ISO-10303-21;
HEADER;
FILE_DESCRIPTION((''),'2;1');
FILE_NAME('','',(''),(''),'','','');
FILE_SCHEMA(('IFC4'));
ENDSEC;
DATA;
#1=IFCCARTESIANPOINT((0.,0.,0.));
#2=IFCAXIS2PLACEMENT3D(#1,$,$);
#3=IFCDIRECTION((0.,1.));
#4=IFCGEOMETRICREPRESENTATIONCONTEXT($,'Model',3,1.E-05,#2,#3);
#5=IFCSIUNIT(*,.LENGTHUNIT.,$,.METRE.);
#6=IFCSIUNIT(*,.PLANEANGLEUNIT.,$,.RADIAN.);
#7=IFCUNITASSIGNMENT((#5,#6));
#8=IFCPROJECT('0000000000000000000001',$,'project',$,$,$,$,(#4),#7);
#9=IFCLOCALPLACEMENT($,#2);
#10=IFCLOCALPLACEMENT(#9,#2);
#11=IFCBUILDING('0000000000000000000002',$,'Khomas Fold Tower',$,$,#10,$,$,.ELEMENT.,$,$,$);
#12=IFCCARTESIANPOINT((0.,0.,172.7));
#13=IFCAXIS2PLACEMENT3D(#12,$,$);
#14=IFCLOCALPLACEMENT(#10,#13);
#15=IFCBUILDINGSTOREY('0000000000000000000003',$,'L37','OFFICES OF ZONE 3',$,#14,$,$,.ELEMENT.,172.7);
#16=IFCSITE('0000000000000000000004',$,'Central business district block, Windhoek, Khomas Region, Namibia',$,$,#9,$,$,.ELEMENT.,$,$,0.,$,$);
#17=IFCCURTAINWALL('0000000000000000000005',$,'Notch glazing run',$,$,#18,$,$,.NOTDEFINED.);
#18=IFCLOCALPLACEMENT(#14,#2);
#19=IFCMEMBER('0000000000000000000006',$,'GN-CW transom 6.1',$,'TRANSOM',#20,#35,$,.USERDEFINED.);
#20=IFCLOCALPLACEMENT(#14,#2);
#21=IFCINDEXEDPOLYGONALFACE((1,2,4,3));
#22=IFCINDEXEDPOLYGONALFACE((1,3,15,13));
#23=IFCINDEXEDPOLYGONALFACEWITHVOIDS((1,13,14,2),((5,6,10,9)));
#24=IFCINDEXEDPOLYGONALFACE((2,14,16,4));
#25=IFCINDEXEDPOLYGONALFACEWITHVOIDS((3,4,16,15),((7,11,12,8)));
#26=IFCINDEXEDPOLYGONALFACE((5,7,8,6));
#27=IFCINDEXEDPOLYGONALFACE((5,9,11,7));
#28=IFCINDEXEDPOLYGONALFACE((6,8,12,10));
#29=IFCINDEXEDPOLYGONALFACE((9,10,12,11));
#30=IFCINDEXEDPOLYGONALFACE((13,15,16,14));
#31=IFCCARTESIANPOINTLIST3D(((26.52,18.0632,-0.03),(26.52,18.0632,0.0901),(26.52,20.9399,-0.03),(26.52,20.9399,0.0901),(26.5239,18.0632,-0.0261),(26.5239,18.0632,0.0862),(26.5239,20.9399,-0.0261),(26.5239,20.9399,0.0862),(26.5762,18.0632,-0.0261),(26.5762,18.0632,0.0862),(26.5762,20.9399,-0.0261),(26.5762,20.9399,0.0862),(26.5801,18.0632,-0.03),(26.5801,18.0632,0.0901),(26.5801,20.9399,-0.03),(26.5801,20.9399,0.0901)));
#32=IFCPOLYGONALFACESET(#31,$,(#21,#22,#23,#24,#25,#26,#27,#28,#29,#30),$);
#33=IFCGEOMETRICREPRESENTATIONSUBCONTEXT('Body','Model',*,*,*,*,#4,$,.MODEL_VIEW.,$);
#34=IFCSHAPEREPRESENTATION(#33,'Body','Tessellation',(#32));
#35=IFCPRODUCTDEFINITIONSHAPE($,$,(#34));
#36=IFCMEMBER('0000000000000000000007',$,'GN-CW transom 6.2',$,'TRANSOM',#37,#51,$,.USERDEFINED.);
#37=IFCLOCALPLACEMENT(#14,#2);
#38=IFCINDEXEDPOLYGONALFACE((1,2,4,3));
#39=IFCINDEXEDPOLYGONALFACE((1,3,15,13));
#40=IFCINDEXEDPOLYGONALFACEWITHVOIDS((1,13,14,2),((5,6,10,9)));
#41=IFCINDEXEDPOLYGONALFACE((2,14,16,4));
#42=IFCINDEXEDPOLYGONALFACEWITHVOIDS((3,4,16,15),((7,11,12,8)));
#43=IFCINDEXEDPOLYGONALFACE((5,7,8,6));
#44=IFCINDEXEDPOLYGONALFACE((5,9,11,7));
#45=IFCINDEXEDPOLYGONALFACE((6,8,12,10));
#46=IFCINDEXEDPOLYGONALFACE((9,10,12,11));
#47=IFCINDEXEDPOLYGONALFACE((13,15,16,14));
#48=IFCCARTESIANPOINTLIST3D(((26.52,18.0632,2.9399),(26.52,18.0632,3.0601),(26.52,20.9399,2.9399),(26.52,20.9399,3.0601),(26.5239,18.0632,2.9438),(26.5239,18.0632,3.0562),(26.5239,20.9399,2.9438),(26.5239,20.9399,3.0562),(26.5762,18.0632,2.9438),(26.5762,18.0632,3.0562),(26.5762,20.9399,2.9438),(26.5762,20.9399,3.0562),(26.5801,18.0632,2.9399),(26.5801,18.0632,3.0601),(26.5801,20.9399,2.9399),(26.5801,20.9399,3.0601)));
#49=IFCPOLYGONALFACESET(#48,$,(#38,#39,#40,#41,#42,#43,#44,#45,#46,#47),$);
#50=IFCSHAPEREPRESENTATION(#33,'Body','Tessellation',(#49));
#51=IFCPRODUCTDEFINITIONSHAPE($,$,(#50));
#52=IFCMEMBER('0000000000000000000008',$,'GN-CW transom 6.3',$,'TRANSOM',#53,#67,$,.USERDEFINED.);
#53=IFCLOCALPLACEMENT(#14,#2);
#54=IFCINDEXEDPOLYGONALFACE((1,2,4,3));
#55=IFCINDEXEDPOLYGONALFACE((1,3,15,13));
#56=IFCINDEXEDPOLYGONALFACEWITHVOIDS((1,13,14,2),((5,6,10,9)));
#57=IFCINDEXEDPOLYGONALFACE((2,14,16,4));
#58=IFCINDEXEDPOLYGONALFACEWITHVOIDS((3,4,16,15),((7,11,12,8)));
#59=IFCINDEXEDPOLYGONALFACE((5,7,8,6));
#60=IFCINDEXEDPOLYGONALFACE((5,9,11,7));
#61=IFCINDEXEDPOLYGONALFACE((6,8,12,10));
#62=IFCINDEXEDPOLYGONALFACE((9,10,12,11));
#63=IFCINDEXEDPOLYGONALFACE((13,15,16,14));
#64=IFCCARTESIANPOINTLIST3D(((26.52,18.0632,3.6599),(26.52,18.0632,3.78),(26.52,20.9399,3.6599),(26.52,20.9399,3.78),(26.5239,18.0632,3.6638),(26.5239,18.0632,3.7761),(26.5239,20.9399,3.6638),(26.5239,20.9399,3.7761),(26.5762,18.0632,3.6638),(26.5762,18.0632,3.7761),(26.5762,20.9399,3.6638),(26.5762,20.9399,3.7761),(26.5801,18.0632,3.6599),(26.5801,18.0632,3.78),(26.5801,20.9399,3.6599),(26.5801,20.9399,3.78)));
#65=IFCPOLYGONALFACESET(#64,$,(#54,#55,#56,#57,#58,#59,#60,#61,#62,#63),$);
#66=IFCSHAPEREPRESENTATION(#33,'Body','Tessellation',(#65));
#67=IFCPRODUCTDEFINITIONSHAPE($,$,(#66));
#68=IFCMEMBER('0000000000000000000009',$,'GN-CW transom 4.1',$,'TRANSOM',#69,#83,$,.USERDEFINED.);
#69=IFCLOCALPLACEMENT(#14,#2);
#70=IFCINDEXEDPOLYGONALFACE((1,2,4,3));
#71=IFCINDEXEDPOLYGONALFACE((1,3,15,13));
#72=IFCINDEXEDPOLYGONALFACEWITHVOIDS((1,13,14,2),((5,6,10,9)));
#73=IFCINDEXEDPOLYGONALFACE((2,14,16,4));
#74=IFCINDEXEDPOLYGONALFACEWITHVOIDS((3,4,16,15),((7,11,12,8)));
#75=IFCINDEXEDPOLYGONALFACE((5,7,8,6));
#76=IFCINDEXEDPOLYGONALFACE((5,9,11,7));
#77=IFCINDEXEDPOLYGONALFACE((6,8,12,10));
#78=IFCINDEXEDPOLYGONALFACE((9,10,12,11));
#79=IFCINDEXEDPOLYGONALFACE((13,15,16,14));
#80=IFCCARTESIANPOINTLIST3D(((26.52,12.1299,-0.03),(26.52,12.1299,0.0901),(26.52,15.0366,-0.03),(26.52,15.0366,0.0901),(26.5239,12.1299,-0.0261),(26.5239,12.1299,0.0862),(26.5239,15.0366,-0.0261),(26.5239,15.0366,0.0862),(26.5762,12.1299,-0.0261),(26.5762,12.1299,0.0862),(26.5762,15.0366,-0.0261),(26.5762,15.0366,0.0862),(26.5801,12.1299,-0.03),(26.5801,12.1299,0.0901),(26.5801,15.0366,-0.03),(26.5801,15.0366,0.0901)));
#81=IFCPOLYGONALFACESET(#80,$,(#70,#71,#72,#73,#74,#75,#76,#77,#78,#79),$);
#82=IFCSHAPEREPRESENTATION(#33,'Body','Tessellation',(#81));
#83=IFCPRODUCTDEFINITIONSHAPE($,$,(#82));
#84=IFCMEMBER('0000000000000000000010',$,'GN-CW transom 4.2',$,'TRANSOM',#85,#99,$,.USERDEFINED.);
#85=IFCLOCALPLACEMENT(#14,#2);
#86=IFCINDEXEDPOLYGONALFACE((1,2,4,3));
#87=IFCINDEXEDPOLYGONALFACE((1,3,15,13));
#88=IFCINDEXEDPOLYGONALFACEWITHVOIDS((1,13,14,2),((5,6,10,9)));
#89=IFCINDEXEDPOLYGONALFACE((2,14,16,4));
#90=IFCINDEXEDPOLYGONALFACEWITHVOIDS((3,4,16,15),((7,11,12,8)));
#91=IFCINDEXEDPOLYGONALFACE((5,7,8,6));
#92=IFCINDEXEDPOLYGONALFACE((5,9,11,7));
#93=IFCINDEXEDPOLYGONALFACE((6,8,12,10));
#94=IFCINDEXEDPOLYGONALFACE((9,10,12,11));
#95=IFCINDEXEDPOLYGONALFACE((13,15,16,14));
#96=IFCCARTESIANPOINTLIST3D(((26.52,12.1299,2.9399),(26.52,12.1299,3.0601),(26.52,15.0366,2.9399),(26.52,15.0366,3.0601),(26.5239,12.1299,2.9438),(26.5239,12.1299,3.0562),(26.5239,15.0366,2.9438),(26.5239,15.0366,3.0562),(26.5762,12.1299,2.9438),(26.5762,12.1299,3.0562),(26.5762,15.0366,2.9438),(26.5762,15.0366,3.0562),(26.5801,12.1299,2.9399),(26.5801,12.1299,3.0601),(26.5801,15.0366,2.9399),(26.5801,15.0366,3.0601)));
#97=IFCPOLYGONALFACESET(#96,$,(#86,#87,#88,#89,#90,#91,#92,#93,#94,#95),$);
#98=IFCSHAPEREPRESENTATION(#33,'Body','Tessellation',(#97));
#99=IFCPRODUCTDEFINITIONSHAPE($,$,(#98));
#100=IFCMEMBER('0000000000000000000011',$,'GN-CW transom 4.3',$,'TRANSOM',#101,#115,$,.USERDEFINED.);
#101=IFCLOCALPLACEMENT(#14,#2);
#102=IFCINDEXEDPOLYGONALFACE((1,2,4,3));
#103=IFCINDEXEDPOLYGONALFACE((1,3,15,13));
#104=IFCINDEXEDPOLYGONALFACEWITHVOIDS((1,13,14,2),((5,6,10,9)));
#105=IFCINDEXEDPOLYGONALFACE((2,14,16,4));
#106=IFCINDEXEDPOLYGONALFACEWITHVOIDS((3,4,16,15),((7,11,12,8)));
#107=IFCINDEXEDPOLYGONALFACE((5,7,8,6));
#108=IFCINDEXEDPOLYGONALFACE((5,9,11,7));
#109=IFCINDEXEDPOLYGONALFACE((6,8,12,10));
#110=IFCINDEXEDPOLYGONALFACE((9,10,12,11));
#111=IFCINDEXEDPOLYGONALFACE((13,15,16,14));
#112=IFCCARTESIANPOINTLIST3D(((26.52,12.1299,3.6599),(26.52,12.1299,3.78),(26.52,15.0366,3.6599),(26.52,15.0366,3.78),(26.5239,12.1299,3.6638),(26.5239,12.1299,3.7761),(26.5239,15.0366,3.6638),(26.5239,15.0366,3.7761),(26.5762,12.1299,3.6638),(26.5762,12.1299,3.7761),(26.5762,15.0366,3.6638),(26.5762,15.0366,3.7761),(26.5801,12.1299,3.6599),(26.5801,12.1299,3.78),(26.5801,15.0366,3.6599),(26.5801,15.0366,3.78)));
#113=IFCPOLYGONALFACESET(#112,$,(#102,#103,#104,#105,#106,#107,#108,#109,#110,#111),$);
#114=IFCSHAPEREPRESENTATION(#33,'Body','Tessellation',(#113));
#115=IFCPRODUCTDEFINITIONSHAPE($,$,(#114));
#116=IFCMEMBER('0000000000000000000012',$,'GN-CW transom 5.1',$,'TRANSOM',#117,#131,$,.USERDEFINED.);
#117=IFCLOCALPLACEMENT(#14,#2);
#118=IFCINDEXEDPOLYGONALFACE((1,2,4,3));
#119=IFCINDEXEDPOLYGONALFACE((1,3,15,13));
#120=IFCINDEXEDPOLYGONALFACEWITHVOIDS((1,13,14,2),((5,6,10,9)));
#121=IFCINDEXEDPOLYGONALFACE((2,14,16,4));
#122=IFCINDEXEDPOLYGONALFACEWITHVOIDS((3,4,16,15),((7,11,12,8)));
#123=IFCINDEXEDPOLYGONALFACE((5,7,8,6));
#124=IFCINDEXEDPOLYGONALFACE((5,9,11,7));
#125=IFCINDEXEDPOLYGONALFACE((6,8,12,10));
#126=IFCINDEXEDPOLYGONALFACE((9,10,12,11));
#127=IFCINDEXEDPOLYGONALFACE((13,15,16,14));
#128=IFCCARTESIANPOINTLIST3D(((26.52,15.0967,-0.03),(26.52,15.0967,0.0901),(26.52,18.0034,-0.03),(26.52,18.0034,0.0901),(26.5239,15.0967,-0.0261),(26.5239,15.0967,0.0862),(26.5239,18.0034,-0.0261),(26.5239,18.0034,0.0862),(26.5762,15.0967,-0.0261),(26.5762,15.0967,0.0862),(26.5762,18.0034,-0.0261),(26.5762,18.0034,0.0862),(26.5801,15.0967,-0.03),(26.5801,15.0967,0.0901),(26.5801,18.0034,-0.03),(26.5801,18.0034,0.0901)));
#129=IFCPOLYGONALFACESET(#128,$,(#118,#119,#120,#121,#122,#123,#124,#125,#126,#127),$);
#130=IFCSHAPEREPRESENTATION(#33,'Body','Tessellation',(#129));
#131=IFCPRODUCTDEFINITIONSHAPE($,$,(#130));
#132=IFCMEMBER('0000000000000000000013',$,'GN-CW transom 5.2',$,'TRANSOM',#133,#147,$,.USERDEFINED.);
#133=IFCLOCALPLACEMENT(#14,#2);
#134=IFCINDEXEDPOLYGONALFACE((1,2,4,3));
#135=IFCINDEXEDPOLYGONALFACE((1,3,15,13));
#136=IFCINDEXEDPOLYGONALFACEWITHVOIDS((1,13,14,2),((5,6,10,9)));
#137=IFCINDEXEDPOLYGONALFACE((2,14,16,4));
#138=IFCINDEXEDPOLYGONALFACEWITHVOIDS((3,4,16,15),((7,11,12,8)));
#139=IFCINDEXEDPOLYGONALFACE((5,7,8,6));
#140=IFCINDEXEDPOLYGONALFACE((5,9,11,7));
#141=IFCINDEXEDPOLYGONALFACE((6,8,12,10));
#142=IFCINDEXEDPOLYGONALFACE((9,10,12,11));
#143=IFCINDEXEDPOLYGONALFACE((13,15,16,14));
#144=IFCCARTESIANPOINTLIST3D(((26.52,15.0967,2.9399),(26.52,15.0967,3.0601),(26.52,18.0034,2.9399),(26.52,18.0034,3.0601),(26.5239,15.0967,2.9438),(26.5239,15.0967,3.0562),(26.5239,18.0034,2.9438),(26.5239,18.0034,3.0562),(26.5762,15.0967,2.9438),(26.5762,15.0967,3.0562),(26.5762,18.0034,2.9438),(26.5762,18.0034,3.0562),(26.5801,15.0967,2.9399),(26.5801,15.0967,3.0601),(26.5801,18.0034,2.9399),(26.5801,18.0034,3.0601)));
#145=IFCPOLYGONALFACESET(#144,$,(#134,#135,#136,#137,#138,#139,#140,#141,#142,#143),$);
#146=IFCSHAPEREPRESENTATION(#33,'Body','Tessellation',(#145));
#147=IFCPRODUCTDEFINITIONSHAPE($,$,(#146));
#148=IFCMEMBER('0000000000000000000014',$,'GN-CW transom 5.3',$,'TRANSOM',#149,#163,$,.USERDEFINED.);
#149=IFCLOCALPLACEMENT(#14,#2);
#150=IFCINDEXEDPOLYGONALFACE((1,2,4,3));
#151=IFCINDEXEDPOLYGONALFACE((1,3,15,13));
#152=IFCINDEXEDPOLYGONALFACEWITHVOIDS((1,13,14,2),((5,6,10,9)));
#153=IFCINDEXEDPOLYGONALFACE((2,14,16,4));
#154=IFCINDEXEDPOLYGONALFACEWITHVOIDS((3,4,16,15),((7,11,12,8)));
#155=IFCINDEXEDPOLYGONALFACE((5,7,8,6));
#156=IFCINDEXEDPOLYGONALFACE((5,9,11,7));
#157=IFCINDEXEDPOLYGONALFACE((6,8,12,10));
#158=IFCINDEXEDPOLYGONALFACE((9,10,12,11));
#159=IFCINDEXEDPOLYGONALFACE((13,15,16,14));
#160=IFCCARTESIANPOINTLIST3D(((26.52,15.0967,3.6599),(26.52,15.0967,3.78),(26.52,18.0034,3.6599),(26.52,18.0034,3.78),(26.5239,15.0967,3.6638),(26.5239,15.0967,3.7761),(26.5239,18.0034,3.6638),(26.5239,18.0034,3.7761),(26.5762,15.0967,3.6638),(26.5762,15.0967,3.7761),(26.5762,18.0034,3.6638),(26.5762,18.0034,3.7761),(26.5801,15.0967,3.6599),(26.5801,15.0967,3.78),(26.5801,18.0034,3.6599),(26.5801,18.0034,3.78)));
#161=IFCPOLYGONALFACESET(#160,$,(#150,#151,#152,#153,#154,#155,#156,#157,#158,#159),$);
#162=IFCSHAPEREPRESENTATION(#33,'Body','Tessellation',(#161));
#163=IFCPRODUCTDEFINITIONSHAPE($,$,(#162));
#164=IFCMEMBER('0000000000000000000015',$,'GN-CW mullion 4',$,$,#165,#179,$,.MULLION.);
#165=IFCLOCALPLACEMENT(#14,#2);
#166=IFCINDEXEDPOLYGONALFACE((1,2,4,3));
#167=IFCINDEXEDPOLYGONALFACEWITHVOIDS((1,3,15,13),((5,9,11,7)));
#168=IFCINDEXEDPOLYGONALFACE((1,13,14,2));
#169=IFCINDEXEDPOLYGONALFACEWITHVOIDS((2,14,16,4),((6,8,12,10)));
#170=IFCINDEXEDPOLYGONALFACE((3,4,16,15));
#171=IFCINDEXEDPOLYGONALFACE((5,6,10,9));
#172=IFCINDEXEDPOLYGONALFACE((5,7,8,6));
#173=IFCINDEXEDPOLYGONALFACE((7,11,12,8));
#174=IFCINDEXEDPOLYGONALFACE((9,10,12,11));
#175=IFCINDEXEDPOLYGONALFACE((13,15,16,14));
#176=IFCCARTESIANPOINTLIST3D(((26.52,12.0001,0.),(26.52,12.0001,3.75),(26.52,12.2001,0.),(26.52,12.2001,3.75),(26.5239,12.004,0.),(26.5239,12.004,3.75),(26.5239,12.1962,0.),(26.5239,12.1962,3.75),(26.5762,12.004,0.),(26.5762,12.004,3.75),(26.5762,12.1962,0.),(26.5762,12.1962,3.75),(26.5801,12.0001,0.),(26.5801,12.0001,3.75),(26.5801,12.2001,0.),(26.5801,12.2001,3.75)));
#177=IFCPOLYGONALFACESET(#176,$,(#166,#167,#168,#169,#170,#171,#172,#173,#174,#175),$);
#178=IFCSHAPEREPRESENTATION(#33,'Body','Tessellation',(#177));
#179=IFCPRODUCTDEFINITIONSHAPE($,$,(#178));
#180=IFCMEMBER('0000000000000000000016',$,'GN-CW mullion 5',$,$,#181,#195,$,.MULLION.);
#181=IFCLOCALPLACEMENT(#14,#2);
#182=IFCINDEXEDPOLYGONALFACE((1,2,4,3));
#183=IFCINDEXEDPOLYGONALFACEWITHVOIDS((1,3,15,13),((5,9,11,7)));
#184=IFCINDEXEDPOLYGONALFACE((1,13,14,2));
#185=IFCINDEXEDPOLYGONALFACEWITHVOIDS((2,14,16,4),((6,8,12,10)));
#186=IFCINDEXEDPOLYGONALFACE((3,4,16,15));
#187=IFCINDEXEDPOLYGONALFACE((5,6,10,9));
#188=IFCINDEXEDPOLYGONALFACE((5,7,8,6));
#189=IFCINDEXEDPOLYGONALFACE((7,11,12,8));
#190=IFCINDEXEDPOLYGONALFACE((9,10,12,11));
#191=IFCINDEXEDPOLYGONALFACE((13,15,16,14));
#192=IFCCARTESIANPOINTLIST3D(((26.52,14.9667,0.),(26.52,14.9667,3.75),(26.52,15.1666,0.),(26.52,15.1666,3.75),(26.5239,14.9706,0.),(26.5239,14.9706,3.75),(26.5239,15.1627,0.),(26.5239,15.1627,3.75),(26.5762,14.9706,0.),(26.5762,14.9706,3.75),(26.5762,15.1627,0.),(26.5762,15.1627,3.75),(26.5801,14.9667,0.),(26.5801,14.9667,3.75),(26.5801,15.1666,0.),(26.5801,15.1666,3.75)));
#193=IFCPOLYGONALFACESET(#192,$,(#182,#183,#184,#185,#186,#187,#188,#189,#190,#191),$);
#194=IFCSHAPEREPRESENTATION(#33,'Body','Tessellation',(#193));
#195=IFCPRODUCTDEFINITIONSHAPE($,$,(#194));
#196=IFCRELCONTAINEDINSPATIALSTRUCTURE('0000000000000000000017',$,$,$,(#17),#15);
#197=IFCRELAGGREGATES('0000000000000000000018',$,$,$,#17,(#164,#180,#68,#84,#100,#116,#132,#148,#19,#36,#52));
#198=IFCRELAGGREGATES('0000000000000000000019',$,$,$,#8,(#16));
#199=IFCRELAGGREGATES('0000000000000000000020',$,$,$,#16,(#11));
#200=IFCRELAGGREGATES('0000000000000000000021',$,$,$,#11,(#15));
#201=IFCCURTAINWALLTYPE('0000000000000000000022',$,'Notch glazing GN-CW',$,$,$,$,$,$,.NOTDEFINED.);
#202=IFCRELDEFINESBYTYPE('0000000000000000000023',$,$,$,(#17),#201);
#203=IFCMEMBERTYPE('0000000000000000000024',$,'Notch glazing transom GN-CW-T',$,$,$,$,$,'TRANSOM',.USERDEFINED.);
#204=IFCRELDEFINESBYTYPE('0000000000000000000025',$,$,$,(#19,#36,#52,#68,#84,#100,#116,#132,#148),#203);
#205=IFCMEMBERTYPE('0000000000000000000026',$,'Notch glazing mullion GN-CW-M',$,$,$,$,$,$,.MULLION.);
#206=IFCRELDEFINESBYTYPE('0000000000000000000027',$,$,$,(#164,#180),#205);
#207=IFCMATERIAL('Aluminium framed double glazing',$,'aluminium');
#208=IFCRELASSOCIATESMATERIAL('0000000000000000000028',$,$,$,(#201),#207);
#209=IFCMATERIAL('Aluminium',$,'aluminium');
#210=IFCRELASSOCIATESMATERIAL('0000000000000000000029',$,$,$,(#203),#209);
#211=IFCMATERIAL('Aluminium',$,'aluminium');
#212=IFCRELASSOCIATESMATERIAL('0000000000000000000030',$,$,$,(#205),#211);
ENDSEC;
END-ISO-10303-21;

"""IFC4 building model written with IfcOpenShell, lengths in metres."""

from ifc_helpers import new_model, si_unit, direction, frame, origin, origin_2d, place, context, subcontext, project, spatial, hollow_rectangle, extrude, source, transform, mapped, material, material_profile, profile_set, type_object, element, aggregate, save


model = new_model("IFC4")

# Units and contexts
model_context = context("Model", 3, precision=1e-05, world=origin(), true_north=direction((0.0, 1.0)))
body_context = subcontext(model_context, "Body", "Model", "MODEL_VIEW")
ifc_project = project(units=[si_unit("LENGTHUNIT", "METRE"), si_unit("PLANEANGLEUNIT", "RADIAN")], contexts=[model_context])

# Site, building, storey
site_placement = place(None, origin())
site = spatial("IfcSite", under=ifc_project, at=site_placement, Name="Central business district block, Windhoek, Khomas Region, Namibia", CompositionType="ELEMENT", RefElevation=0.0)
building_placement = place(site_placement, origin())
building = spatial("IfcBuilding", under=site, at=building_placement, Name="Khomas Fold Tower", CompositionType="ELEMENT")
storey_placement = place(building_placement, frame((0.0, 0.0, 172.7)))
storey = spatial("IfcBuildingStorey", under=building, at=storey_placement, Name="L37", Description="OFFICES OF ZONE 3", CompositionType="ELEMENT", Elevation=172.7)

# Curtain wall, members
ifc_material_1 = material(Name="Aluminium framed double glazing", Category="aluminium")
curtain_wall_type = type_object("IfcCurtainWallType", Name="Notch glazing GN-CW", PredefinedType="NOTDEFINED", material=ifc_material_1)
curtain_wall_placement = place(storey_placement, origin())
curtain_wall = element("IfcCurtainWall", 1, at=curtain_wall_placement, inside=storey, type_object=curtain_wall_type, Name="Notch glazing run", PredefinedType="NOTDEFINED")
ifc_material_2 = material(Name="Aluminium", Category="aluminium")
ifc_material_profile_1 = material_profile(ifc_material_2, hollow_rectangle(XDim=0.0601, YDim=0.1201, WallThickness=0.0039, at=origin_2d()), Name="Notch glazing transom GN-CW-T")
ifc_profile_set_1 = profile_set([ifc_material_profile_1], Name="Aluminium")
member_type_1 = type_object("IfcMemberType", Name="Notch glazing transom GN-CW-T", ElementType="TRANSOM", PredefinedType="USERDEFINED", material=ifc_profile_set_1)
shared_shape_1 = source(origin(), body_context, "Body", "SweptSolid", [
    extrude(hollow_rectangle(XDim=0.0601, YDim=0.1201, WallThickness=0.0039, at=origin_2d()), origin(), (0.0, 0.0, 1.0), 2.8767),
])
member_1_placement = place(storey_placement, frame((26.55, 18.0632, 0.03), z_axis=(0.0, 1.0, 0.0), x_axis=(-1.0, 0.0, 0.0)))
member_1 = element("IfcMember", 2, at=member_1_placement, type_object=member_type_1, Name="GN-CW transom 6.1", ObjectType="TRANSOM", PredefinedType="USERDEFINED", context=body_context, shape_type="MappedRepresentation", body=[
    mapped(shared_shape_1, transform((0.0, 0.0, 0.0))),
])
member_2_placement = place(storey_placement, frame((26.55, 18.0632, 3.0), z_axis=(0.0, 1.0, 0.0), x_axis=(-1.0, 0.0, 0.0)))
member_2 = element("IfcMember", 3, at=member_2_placement, type_object=member_type_1, Name="GN-CW transom 6.2", ObjectType="TRANSOM", PredefinedType="USERDEFINED", context=body_context, shape_type="MappedRepresentation", body=[
    mapped(shared_shape_1, transform((0.0, 0.0, 0.0))),
])
member_3_placement = place(storey_placement, frame((26.55, 18.0632, 3.72), z_axis=(0.0, 1.0, 0.0), x_axis=(-1.0, 0.0, 0.0)))
member_3 = element("IfcMember", 4, at=member_3_placement, type_object=member_type_1, Name="GN-CW transom 6.3", ObjectType="TRANSOM", PredefinedType="USERDEFINED", context=body_context, shape_type="MappedRepresentation", body=[
    mapped(shared_shape_1, transform((0.0, 0.0, 0.0))),
])
shared_shape_2 = source(origin(), body_context, "Body", "SweptSolid", [
    extrude(hollow_rectangle(XDim=0.0601, YDim=0.1201, WallThickness=0.0039, at=origin_2d()), origin(), (0.0, 0.0, 1.0), 2.9067),
])
member_4_placement = place(storey_placement, frame((26.55, 12.1299, 0.03), z_axis=(0.0, 1.0, 0.0), x_axis=(-1.0, 0.0, 0.0)))
member_4 = element("IfcMember", 5, at=member_4_placement, type_object=member_type_1, Name="GN-CW transom 4.1", ObjectType="TRANSOM", PredefinedType="USERDEFINED", context=body_context, shape_type="MappedRepresentation", body=[
    mapped(shared_shape_2, transform((0.0, 0.0, 0.0))),
])
member_5_placement = place(storey_placement, frame((26.55, 12.1299, 3.0), z_axis=(0.0, 1.0, 0.0), x_axis=(-1.0, 0.0, 0.0)))
member_5 = element("IfcMember", 6, at=member_5_placement, type_object=member_type_1, Name="GN-CW transom 4.2", ObjectType="TRANSOM", PredefinedType="USERDEFINED", context=body_context, shape_type="MappedRepresentation", body=[
    mapped(shared_shape_2, transform((0.0, 0.0, 0.0))),
])
member_6_placement = place(storey_placement, frame((26.55, 12.1299, 3.72), z_axis=(0.0, 1.0, 0.0), x_axis=(-1.0, 0.0, 0.0)))
member_6 = element("IfcMember", 7, at=member_6_placement, type_object=member_type_1, Name="GN-CW transom 4.3", ObjectType="TRANSOM", PredefinedType="USERDEFINED", context=body_context, shape_type="MappedRepresentation", body=[
    mapped(shared_shape_2, transform((0.0, 0.0, 0.0))),
])
member_7_placement = place(storey_placement, frame((26.55, 15.0967, 0.03), z_axis=(0.0, 1.0, 0.0), x_axis=(-1.0, 0.0, 0.0)))
member_7 = element("IfcMember", 8, at=member_7_placement, type_object=member_type_1, Name="GN-CW transom 5.1", ObjectType="TRANSOM", PredefinedType="USERDEFINED", context=body_context, shape_type="MappedRepresentation", body=[
    mapped(shared_shape_2, transform((0.0, 0.0, 0.0))),
])
member_8_placement = place(storey_placement, frame((26.55, 15.0967, 3.0), z_axis=(0.0, 1.0, 0.0), x_axis=(-1.0, 0.0, 0.0)))
member_8 = element("IfcMember", 9, at=member_8_placement, type_object=member_type_1, Name="GN-CW transom 5.2", ObjectType="TRANSOM", PredefinedType="USERDEFINED", context=body_context, shape_type="MappedRepresentation", body=[
    mapped(shared_shape_2, transform((0.0, 0.0, 0.0))),
])
member_9_placement = place(storey_placement, frame((26.55, 15.0967, 3.72), z_axis=(0.0, 1.0, 0.0), x_axis=(-1.0, 0.0, 0.0)))
member_9 = element("IfcMember", 10, at=member_9_placement, type_object=member_type_1, Name="GN-CW transom 5.3", ObjectType="TRANSOM", PredefinedType="USERDEFINED", context=body_context, shape_type="MappedRepresentation", body=[
    mapped(shared_shape_2, transform((0.0, 0.0, 0.0))),
])
ifc_material_3 = material(Name="Aluminium", Category="aluminium")
ifc_material_profile_2 = material_profile(ifc_material_3, hollow_rectangle(XDim=0.0601, YDim=0.2, WallThickness=0.0039, at=origin_2d()), Name="Notch glazing mullion GN-CW-M")
ifc_profile_set_2 = profile_set([ifc_material_profile_2], Name="Aluminium")
member_type_2 = type_object("IfcMemberType", Name="Notch glazing mullion GN-CW-M", PredefinedType="MULLION", material=ifc_profile_set_2)
shared_shape_3 = source(origin(), body_context, "Body", "SweptSolid", [
    extrude(hollow_rectangle(XDim=0.0601, YDim=0.2, WallThickness=0.0039, at=origin_2d()), origin(), (0.0, 0.0, 1.0), 3.75),
])
member_10_placement = place(storey_placement, frame((26.55, 12.1001, 0.0), z_axis=(0.0, 0.0, 1.0), x_axis=(-1.0, 0.0, 0.0)))
member_10 = element("IfcMember", 11, at=member_10_placement, type_object=member_type_2, Name="GN-CW mullion 4", PredefinedType="MULLION", context=body_context, shape_type="MappedRepresentation", body=[
    mapped(shared_shape_3, transform((0.0, 0.0, 0.0))),
])
member_11_placement = place(storey_placement, frame((26.55, 15.0667, 0.0), z_axis=(0.0, 0.0, 1.0), x_axis=(-1.0, 0.0, 0.0)))
member_11 = element("IfcMember", 12, at=member_11_placement, type_object=member_type_2, Name="GN-CW mullion 5", PredefinedType="MULLION", context=body_context, shape_type="MappedRepresentation", body=[
    mapped(shared_shape_3, transform((0.0, 0.0, 0.0))),
])
aggregate(curtain_wall, [member_10, member_11, member_4, member_5, member_6, member_7, member_8, member_9, member_1, member_2, member_3])

save(model, "model.ifc")
